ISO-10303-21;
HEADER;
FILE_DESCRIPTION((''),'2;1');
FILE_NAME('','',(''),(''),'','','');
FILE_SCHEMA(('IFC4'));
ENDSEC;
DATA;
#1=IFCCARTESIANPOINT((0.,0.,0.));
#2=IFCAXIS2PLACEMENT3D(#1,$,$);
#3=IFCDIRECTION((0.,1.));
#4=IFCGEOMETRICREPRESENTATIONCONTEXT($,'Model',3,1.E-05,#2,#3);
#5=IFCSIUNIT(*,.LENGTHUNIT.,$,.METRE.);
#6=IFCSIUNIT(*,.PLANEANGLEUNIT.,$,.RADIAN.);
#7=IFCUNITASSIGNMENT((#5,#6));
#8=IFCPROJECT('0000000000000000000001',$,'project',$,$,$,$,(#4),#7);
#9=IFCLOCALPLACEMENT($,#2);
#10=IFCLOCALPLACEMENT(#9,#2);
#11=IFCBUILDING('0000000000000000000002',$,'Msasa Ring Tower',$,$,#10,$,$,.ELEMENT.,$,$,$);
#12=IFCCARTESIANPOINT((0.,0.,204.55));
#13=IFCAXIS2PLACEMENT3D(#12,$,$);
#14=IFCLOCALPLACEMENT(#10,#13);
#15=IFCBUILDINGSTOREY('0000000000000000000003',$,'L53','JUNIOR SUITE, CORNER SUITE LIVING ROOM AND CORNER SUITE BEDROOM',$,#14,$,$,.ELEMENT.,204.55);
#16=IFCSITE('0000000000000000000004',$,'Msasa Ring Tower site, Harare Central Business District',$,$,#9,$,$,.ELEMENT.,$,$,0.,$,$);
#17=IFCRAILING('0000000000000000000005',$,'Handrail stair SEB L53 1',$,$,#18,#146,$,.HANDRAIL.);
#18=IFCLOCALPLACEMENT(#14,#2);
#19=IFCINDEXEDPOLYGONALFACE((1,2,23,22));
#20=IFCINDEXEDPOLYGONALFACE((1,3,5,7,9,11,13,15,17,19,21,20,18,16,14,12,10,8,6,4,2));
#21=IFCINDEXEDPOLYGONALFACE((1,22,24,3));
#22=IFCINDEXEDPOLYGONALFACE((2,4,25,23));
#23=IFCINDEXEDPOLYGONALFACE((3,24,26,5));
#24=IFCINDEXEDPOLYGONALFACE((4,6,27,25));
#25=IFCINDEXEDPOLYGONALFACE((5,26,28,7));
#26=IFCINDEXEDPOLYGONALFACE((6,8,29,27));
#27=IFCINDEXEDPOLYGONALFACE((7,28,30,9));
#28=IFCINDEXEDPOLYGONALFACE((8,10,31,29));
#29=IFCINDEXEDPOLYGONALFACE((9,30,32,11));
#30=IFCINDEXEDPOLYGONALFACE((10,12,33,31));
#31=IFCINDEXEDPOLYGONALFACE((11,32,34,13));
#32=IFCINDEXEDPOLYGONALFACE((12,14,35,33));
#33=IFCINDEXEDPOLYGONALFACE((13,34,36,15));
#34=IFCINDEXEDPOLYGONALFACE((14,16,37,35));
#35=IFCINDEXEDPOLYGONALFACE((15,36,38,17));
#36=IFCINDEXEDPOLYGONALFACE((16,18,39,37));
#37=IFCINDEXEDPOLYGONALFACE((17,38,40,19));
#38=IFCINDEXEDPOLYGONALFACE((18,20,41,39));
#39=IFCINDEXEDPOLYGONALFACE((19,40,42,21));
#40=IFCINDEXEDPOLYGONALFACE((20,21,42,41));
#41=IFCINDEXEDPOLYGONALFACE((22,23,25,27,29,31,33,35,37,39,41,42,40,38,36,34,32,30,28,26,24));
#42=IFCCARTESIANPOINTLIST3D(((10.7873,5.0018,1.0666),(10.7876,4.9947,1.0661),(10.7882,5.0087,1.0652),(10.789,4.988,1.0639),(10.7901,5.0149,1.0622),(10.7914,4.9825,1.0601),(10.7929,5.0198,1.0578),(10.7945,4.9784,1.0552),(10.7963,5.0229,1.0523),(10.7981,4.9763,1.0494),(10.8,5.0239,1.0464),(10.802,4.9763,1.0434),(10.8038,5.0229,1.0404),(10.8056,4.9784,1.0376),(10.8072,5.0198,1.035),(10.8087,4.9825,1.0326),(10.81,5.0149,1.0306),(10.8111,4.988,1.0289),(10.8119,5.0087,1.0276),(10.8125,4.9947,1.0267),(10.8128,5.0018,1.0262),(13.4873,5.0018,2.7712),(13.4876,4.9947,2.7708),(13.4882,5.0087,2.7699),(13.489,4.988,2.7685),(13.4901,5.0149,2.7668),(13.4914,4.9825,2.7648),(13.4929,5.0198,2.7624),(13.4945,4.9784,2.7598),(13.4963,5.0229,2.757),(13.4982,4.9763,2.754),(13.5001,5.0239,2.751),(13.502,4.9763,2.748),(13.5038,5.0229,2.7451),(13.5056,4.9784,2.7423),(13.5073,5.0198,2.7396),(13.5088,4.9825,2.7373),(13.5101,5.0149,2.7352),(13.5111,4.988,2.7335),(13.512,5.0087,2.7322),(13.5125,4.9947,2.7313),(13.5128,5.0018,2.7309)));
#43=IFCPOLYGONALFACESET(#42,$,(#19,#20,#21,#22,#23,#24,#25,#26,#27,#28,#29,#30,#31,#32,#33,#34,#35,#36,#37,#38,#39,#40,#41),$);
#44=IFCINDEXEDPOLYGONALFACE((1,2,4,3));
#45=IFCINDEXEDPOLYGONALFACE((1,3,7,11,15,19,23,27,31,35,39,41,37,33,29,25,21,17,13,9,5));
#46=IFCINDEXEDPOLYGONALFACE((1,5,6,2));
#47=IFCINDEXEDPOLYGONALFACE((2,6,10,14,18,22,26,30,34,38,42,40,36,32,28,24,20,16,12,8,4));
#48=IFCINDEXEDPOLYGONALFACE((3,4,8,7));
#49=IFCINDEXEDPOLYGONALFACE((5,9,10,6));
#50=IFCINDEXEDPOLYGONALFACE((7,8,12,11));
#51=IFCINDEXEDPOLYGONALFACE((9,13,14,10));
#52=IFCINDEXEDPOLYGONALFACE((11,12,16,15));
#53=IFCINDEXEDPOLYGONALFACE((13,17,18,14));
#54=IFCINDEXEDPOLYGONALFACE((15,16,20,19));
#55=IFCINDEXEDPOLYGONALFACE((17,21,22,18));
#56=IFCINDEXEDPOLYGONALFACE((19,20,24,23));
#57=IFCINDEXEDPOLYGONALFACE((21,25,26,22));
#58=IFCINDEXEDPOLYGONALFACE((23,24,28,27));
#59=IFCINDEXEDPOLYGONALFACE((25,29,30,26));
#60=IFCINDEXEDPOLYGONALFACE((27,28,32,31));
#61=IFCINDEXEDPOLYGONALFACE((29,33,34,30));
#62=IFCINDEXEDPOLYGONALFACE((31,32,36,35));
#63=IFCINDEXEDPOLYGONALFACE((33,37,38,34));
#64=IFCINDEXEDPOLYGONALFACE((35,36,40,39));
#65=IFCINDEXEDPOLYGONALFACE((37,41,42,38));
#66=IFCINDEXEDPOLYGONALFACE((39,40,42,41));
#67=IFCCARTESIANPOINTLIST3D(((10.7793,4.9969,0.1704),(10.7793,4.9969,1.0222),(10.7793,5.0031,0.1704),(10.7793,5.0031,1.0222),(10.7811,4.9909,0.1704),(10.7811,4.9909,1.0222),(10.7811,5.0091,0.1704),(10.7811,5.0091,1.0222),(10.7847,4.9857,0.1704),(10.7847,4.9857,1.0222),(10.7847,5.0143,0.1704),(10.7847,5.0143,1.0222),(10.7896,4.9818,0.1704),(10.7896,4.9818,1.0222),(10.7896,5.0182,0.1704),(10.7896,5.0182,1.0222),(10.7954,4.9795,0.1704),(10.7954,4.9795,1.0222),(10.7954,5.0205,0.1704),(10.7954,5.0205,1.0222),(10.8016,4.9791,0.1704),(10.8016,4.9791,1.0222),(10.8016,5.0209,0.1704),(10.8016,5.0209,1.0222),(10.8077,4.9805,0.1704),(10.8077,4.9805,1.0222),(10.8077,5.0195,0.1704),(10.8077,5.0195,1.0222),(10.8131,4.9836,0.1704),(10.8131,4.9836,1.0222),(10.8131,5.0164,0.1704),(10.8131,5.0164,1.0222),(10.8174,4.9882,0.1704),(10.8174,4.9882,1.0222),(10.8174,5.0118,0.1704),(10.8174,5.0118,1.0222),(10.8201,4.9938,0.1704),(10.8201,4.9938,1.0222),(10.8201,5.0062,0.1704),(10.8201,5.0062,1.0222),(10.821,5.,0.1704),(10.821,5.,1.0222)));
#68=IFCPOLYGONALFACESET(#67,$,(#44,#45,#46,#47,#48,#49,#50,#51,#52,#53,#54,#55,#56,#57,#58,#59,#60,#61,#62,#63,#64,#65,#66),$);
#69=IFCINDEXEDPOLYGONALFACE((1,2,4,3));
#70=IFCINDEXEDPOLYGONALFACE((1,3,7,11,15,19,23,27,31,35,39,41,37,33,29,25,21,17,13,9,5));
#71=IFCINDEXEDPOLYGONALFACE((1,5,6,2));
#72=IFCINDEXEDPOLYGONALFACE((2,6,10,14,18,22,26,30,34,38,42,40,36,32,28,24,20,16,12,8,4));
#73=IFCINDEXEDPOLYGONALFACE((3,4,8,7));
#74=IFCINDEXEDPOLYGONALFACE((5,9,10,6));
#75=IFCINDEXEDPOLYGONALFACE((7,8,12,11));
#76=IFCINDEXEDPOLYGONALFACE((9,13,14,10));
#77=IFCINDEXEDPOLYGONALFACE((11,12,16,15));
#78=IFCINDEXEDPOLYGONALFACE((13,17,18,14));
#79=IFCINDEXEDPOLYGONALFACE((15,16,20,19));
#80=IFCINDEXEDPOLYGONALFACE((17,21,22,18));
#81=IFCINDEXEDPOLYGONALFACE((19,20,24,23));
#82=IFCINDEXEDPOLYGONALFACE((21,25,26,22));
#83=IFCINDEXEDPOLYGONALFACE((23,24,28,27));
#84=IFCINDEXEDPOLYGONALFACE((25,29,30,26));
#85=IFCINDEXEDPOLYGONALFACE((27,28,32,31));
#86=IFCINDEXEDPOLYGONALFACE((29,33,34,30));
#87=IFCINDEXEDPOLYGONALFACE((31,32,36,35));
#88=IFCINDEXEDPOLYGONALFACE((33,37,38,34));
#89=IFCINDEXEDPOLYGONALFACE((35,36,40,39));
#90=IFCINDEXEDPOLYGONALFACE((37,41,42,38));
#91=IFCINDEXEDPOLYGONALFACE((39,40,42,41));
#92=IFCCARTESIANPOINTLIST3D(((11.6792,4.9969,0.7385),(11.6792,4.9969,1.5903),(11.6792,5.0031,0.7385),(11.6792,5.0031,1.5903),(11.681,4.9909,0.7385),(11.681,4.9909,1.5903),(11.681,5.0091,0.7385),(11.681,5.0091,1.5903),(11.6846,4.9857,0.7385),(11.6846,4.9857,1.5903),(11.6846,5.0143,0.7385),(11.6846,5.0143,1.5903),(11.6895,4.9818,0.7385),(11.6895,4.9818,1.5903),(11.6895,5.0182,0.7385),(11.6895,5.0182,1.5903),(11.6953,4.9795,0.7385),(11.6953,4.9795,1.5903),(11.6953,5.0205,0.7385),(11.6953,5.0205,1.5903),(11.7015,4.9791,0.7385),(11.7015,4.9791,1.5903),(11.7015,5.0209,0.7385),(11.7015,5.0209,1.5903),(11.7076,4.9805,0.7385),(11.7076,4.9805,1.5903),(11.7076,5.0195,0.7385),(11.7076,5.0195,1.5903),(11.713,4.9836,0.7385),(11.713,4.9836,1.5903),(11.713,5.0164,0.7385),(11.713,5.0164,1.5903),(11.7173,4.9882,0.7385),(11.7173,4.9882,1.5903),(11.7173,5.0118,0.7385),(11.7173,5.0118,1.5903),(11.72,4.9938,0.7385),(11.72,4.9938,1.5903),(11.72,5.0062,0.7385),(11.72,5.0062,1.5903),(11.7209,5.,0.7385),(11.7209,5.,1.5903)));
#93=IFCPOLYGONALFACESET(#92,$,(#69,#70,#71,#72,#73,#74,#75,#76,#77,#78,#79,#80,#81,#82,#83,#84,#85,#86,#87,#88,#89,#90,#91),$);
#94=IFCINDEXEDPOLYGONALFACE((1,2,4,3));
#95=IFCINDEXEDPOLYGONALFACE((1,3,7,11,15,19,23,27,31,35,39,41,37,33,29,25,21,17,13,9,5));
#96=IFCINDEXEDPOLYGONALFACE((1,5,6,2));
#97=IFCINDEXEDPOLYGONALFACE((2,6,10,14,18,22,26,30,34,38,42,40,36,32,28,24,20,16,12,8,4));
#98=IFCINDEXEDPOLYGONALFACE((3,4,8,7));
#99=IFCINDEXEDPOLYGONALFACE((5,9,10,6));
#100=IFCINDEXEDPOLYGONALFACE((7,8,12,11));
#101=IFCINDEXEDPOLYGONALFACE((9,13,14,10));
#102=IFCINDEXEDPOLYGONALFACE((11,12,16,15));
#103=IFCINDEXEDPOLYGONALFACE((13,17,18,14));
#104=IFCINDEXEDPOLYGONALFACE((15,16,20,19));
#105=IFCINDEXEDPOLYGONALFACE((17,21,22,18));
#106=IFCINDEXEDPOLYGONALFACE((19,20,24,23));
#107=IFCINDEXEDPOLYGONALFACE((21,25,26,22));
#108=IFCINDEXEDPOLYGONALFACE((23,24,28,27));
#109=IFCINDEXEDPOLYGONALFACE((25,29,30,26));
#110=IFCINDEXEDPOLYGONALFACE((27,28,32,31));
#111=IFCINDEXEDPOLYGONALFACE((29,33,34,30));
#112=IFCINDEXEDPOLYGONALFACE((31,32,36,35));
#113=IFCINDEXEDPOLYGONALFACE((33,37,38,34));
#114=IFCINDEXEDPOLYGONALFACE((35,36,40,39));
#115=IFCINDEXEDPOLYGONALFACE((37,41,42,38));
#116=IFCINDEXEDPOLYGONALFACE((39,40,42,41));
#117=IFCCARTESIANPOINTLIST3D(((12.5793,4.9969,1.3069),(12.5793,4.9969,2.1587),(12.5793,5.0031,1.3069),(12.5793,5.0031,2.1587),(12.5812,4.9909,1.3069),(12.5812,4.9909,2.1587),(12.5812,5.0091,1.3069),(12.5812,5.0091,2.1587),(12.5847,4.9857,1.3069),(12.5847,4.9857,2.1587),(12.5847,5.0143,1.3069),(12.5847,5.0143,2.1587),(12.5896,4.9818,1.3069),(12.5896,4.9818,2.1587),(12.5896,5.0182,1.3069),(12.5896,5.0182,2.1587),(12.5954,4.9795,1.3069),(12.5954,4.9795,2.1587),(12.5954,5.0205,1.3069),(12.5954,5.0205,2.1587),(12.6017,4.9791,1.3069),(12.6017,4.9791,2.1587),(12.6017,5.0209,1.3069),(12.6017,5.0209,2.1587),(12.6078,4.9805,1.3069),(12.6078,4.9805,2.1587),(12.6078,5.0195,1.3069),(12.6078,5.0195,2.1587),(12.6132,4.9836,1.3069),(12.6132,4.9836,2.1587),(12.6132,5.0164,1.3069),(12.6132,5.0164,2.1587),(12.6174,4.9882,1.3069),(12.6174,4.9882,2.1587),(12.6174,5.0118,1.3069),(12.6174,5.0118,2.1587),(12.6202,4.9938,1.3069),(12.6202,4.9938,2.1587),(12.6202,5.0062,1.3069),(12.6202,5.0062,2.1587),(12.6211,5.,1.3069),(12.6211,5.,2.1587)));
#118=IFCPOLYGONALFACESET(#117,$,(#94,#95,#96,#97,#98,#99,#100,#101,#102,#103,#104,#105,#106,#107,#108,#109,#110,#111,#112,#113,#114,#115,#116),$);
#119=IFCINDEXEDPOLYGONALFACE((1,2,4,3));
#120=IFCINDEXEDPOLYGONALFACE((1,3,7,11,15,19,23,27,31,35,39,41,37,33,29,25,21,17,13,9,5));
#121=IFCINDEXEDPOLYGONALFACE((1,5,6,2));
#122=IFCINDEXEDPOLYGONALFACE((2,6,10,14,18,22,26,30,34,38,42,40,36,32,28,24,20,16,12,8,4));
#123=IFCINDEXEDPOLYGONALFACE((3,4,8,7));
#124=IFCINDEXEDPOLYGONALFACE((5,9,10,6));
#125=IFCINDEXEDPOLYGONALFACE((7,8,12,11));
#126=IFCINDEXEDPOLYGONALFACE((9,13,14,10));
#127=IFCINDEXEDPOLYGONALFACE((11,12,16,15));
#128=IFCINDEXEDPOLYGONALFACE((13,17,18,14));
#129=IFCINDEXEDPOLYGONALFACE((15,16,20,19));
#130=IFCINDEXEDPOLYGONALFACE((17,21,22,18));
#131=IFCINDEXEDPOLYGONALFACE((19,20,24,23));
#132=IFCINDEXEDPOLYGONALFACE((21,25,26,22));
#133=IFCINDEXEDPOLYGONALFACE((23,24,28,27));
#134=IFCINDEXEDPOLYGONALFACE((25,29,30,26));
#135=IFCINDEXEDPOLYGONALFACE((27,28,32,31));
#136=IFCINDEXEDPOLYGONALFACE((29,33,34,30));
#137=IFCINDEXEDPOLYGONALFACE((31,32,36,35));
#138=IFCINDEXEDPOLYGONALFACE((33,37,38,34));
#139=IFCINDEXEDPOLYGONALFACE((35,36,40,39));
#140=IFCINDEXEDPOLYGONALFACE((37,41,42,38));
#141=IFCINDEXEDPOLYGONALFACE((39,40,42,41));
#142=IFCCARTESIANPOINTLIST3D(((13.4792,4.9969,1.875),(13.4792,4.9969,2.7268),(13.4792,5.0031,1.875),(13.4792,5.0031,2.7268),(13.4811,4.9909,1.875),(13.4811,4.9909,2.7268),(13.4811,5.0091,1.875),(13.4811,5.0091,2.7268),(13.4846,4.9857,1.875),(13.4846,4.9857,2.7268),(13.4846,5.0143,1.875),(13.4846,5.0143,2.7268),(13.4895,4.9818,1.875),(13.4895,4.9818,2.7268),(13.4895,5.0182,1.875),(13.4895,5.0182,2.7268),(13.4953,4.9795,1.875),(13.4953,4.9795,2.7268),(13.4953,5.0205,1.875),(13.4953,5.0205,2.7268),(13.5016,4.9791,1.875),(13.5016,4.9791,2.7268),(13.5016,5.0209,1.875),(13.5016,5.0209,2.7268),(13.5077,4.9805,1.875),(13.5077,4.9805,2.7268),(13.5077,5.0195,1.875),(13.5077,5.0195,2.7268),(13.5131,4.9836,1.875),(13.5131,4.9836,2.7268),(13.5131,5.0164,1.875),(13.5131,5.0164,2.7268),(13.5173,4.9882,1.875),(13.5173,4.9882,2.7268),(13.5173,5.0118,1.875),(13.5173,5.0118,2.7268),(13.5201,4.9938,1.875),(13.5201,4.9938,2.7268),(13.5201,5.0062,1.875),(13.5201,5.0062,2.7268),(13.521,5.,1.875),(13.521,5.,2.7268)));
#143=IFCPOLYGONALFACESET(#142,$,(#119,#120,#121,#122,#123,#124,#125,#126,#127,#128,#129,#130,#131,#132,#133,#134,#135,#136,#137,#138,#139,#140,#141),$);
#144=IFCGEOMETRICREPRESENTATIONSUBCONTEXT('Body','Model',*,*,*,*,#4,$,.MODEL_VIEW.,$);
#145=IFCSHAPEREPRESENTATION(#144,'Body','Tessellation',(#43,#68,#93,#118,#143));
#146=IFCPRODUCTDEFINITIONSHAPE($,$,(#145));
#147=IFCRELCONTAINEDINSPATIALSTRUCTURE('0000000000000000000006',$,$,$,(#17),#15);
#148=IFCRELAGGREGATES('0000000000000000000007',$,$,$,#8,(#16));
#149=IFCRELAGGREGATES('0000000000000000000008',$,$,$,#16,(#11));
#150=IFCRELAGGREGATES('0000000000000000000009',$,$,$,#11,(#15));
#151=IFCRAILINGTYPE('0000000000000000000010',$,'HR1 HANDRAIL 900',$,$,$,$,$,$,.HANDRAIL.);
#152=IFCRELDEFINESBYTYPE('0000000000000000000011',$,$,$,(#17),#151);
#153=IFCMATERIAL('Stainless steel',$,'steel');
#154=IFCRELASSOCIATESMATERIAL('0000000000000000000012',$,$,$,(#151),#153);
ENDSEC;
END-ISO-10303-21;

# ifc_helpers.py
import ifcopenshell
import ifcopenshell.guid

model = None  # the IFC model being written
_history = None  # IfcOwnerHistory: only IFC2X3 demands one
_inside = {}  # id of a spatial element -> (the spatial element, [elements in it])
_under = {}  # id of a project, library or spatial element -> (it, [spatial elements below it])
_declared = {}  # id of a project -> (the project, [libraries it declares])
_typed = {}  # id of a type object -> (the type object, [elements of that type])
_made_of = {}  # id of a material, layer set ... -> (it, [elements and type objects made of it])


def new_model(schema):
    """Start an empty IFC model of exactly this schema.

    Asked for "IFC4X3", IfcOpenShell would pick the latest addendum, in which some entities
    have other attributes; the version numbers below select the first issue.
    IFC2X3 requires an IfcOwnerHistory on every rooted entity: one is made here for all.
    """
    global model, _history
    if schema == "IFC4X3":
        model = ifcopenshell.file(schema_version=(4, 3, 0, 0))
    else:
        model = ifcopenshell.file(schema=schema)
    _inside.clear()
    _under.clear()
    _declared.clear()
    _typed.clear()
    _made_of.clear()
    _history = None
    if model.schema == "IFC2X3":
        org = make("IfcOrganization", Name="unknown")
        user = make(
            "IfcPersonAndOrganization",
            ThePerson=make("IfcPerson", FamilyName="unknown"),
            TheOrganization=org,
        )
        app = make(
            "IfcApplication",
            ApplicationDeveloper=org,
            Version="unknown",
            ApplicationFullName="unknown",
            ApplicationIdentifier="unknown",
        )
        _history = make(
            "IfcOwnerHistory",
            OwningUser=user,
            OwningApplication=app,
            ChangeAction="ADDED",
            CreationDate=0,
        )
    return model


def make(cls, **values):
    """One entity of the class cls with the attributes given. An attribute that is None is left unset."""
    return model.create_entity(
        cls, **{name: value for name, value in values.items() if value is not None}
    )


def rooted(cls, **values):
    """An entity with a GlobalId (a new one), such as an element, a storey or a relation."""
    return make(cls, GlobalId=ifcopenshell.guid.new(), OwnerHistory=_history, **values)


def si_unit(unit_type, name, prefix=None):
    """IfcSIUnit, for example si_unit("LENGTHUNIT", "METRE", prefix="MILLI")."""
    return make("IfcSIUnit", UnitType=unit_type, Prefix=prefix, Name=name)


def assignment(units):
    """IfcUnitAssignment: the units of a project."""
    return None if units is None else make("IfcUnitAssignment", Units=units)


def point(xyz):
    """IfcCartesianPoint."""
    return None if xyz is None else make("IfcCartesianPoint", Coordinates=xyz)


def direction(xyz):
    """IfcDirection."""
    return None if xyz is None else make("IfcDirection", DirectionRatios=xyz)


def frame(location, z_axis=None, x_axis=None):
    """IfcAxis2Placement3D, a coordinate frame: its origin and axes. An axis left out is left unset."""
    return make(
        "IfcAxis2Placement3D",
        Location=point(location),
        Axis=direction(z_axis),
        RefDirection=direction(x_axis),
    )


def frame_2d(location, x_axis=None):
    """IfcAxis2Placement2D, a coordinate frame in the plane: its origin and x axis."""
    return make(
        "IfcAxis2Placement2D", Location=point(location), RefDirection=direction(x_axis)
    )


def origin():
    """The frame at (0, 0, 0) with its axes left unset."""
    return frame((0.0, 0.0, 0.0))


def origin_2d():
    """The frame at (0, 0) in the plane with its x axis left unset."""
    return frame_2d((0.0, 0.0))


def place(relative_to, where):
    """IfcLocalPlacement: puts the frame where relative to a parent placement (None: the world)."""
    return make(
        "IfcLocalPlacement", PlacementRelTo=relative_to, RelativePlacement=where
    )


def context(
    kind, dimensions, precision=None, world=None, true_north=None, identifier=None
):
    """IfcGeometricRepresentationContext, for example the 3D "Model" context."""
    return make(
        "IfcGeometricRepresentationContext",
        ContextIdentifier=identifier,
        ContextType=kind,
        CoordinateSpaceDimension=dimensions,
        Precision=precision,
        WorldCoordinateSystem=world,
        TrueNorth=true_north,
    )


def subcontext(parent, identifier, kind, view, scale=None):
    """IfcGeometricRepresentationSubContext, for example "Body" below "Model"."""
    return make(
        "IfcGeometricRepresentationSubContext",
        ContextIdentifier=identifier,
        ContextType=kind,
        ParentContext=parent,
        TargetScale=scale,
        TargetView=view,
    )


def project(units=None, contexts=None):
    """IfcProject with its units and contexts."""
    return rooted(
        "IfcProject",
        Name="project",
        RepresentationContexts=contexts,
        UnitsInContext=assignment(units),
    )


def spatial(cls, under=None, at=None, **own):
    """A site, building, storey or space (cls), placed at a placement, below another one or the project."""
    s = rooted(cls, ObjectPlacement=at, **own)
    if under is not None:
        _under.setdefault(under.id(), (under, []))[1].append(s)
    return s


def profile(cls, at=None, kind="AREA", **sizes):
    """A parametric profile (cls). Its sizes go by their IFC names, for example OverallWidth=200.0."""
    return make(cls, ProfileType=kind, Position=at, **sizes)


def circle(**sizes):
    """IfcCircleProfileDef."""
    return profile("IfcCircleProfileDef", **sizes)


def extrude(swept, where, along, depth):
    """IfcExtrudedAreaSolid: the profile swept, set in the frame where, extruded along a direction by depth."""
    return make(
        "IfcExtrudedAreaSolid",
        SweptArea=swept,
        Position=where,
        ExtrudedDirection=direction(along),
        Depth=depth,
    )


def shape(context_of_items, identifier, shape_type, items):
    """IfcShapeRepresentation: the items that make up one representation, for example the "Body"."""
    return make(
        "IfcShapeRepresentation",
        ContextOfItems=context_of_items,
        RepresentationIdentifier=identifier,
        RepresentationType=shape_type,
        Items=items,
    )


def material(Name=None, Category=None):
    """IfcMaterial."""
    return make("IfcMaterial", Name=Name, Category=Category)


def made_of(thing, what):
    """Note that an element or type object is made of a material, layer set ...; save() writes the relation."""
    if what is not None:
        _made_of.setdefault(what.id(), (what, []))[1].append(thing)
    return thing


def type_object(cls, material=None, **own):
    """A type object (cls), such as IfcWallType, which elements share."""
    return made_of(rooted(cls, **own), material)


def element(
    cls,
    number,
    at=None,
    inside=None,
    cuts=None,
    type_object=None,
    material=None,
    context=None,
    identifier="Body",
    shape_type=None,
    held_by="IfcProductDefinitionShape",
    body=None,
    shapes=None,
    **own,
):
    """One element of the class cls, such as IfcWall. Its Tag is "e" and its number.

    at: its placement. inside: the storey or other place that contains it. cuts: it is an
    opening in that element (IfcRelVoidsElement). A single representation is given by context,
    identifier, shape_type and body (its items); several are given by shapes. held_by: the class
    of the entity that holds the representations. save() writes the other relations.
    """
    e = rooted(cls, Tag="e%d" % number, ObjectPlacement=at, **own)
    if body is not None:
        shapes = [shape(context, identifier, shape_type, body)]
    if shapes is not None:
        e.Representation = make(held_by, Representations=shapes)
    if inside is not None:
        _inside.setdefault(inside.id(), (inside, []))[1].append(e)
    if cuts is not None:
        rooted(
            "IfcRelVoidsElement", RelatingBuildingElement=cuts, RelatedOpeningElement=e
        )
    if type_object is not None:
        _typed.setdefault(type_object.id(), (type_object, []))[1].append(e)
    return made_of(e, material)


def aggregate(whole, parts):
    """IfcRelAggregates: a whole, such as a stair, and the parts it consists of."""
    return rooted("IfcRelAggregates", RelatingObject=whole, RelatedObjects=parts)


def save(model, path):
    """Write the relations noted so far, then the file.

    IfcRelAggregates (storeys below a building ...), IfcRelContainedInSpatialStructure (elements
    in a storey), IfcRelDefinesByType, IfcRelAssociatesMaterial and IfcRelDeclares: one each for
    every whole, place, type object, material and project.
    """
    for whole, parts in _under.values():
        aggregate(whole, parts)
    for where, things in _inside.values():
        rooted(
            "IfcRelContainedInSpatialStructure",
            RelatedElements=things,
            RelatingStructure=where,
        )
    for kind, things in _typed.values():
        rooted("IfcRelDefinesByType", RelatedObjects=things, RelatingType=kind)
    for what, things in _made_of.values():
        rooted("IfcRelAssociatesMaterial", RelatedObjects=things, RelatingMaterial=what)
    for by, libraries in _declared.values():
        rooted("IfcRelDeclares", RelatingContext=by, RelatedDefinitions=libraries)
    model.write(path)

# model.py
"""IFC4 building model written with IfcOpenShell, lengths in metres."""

from ifc_helpers import new_model, si_unit, direction, frame, origin, origin_2d, place, context, subcontext, project, spatial, circle, extrude, material, type_object, element, save


model = new_model("IFC4")

# Units and contexts
model_context = context("Model", 3, precision=1e-05, world=origin(), true_north=direction((0.0, 1.0)))
body_context = subcontext(model_context, "Body", "Model", "MODEL_VIEW")
ifc_project = project(units=[si_unit("LENGTHUNIT", "METRE"), si_unit("PLANEANGLEUNIT", "RADIAN")], contexts=[model_context])

# Site, building, storey
site_placement = place(None, origin())
site = spatial("IfcSite", under=ifc_project, at=site_placement, Name="Msasa Ring Tower site, Harare Central Business District", CompositionType="ELEMENT", RefElevation=0.0)
building_placement = place(site_placement, origin())
building = spatial("IfcBuilding", under=site, at=building_placement, Name="Msasa Ring Tower", CompositionType="ELEMENT")
storey_placement = place(building_placement, frame((0.0, 0.0, 204.55)))
storey = spatial("IfcBuildingStorey", under=building, at=storey_placement, Name="L53", Description="JUNIOR SUITE, CORNER SUITE LIVING ROOM AND CORNER SUITE BEDROOM", CompositionType="ELEMENT", Elevation=204.55)

# Railing
ifc_material_1 = material(Name="Stainless steel", Category="steel")
railing_type = type_object("IfcRailingType", Name="HR1 HANDRAIL 900", PredefinedType="HANDRAIL", material=ifc_material_1)
for number, where, name in (
    (1, (10.8, 5.0, 0.1704), "Handrail stair SEB L53 1"),
):
    element("IfcRailing", number, at=place(storey_placement, frame(where)), inside=storey, type_object=railing_type, Name=name, PredefinedType="HANDRAIL", context=body_context, shape_type="SweptSolid", body=[
        extrude(circle(Radius=0.0239, at=origin_2d()), frame((0.0, 0.0, 0.876), z_axis=(0.84558, 0.0, 0.533849), x_axis=(0.0, 1.0, 0.0)), (0.0, 0.0, 1.0), 3.1931),
        extrude(circle(Radius=0.021, at=origin_2d()), origin(), (0.0, 0.0, 1.0), 0.8518),
        extrude(circle(Radius=0.021, at=origin_2d()), frame((0.8999, 0.0, 0.5681)), (0.0, 0.0, 1.0), 0.8518),
        extrude(circle(Radius=0.021, at=origin_2d()), frame((1.8, 0.0, 1.1365)), (0.0, 0.0, 1.0), 0.8518),
        extrude(circle(Radius=0.021, at=origin_2d()), frame((2.7, 0.0, 1.7046)), (0.0, 0.0, 1.0), 0.8518),
    ])

save(model, "model.ifc")
